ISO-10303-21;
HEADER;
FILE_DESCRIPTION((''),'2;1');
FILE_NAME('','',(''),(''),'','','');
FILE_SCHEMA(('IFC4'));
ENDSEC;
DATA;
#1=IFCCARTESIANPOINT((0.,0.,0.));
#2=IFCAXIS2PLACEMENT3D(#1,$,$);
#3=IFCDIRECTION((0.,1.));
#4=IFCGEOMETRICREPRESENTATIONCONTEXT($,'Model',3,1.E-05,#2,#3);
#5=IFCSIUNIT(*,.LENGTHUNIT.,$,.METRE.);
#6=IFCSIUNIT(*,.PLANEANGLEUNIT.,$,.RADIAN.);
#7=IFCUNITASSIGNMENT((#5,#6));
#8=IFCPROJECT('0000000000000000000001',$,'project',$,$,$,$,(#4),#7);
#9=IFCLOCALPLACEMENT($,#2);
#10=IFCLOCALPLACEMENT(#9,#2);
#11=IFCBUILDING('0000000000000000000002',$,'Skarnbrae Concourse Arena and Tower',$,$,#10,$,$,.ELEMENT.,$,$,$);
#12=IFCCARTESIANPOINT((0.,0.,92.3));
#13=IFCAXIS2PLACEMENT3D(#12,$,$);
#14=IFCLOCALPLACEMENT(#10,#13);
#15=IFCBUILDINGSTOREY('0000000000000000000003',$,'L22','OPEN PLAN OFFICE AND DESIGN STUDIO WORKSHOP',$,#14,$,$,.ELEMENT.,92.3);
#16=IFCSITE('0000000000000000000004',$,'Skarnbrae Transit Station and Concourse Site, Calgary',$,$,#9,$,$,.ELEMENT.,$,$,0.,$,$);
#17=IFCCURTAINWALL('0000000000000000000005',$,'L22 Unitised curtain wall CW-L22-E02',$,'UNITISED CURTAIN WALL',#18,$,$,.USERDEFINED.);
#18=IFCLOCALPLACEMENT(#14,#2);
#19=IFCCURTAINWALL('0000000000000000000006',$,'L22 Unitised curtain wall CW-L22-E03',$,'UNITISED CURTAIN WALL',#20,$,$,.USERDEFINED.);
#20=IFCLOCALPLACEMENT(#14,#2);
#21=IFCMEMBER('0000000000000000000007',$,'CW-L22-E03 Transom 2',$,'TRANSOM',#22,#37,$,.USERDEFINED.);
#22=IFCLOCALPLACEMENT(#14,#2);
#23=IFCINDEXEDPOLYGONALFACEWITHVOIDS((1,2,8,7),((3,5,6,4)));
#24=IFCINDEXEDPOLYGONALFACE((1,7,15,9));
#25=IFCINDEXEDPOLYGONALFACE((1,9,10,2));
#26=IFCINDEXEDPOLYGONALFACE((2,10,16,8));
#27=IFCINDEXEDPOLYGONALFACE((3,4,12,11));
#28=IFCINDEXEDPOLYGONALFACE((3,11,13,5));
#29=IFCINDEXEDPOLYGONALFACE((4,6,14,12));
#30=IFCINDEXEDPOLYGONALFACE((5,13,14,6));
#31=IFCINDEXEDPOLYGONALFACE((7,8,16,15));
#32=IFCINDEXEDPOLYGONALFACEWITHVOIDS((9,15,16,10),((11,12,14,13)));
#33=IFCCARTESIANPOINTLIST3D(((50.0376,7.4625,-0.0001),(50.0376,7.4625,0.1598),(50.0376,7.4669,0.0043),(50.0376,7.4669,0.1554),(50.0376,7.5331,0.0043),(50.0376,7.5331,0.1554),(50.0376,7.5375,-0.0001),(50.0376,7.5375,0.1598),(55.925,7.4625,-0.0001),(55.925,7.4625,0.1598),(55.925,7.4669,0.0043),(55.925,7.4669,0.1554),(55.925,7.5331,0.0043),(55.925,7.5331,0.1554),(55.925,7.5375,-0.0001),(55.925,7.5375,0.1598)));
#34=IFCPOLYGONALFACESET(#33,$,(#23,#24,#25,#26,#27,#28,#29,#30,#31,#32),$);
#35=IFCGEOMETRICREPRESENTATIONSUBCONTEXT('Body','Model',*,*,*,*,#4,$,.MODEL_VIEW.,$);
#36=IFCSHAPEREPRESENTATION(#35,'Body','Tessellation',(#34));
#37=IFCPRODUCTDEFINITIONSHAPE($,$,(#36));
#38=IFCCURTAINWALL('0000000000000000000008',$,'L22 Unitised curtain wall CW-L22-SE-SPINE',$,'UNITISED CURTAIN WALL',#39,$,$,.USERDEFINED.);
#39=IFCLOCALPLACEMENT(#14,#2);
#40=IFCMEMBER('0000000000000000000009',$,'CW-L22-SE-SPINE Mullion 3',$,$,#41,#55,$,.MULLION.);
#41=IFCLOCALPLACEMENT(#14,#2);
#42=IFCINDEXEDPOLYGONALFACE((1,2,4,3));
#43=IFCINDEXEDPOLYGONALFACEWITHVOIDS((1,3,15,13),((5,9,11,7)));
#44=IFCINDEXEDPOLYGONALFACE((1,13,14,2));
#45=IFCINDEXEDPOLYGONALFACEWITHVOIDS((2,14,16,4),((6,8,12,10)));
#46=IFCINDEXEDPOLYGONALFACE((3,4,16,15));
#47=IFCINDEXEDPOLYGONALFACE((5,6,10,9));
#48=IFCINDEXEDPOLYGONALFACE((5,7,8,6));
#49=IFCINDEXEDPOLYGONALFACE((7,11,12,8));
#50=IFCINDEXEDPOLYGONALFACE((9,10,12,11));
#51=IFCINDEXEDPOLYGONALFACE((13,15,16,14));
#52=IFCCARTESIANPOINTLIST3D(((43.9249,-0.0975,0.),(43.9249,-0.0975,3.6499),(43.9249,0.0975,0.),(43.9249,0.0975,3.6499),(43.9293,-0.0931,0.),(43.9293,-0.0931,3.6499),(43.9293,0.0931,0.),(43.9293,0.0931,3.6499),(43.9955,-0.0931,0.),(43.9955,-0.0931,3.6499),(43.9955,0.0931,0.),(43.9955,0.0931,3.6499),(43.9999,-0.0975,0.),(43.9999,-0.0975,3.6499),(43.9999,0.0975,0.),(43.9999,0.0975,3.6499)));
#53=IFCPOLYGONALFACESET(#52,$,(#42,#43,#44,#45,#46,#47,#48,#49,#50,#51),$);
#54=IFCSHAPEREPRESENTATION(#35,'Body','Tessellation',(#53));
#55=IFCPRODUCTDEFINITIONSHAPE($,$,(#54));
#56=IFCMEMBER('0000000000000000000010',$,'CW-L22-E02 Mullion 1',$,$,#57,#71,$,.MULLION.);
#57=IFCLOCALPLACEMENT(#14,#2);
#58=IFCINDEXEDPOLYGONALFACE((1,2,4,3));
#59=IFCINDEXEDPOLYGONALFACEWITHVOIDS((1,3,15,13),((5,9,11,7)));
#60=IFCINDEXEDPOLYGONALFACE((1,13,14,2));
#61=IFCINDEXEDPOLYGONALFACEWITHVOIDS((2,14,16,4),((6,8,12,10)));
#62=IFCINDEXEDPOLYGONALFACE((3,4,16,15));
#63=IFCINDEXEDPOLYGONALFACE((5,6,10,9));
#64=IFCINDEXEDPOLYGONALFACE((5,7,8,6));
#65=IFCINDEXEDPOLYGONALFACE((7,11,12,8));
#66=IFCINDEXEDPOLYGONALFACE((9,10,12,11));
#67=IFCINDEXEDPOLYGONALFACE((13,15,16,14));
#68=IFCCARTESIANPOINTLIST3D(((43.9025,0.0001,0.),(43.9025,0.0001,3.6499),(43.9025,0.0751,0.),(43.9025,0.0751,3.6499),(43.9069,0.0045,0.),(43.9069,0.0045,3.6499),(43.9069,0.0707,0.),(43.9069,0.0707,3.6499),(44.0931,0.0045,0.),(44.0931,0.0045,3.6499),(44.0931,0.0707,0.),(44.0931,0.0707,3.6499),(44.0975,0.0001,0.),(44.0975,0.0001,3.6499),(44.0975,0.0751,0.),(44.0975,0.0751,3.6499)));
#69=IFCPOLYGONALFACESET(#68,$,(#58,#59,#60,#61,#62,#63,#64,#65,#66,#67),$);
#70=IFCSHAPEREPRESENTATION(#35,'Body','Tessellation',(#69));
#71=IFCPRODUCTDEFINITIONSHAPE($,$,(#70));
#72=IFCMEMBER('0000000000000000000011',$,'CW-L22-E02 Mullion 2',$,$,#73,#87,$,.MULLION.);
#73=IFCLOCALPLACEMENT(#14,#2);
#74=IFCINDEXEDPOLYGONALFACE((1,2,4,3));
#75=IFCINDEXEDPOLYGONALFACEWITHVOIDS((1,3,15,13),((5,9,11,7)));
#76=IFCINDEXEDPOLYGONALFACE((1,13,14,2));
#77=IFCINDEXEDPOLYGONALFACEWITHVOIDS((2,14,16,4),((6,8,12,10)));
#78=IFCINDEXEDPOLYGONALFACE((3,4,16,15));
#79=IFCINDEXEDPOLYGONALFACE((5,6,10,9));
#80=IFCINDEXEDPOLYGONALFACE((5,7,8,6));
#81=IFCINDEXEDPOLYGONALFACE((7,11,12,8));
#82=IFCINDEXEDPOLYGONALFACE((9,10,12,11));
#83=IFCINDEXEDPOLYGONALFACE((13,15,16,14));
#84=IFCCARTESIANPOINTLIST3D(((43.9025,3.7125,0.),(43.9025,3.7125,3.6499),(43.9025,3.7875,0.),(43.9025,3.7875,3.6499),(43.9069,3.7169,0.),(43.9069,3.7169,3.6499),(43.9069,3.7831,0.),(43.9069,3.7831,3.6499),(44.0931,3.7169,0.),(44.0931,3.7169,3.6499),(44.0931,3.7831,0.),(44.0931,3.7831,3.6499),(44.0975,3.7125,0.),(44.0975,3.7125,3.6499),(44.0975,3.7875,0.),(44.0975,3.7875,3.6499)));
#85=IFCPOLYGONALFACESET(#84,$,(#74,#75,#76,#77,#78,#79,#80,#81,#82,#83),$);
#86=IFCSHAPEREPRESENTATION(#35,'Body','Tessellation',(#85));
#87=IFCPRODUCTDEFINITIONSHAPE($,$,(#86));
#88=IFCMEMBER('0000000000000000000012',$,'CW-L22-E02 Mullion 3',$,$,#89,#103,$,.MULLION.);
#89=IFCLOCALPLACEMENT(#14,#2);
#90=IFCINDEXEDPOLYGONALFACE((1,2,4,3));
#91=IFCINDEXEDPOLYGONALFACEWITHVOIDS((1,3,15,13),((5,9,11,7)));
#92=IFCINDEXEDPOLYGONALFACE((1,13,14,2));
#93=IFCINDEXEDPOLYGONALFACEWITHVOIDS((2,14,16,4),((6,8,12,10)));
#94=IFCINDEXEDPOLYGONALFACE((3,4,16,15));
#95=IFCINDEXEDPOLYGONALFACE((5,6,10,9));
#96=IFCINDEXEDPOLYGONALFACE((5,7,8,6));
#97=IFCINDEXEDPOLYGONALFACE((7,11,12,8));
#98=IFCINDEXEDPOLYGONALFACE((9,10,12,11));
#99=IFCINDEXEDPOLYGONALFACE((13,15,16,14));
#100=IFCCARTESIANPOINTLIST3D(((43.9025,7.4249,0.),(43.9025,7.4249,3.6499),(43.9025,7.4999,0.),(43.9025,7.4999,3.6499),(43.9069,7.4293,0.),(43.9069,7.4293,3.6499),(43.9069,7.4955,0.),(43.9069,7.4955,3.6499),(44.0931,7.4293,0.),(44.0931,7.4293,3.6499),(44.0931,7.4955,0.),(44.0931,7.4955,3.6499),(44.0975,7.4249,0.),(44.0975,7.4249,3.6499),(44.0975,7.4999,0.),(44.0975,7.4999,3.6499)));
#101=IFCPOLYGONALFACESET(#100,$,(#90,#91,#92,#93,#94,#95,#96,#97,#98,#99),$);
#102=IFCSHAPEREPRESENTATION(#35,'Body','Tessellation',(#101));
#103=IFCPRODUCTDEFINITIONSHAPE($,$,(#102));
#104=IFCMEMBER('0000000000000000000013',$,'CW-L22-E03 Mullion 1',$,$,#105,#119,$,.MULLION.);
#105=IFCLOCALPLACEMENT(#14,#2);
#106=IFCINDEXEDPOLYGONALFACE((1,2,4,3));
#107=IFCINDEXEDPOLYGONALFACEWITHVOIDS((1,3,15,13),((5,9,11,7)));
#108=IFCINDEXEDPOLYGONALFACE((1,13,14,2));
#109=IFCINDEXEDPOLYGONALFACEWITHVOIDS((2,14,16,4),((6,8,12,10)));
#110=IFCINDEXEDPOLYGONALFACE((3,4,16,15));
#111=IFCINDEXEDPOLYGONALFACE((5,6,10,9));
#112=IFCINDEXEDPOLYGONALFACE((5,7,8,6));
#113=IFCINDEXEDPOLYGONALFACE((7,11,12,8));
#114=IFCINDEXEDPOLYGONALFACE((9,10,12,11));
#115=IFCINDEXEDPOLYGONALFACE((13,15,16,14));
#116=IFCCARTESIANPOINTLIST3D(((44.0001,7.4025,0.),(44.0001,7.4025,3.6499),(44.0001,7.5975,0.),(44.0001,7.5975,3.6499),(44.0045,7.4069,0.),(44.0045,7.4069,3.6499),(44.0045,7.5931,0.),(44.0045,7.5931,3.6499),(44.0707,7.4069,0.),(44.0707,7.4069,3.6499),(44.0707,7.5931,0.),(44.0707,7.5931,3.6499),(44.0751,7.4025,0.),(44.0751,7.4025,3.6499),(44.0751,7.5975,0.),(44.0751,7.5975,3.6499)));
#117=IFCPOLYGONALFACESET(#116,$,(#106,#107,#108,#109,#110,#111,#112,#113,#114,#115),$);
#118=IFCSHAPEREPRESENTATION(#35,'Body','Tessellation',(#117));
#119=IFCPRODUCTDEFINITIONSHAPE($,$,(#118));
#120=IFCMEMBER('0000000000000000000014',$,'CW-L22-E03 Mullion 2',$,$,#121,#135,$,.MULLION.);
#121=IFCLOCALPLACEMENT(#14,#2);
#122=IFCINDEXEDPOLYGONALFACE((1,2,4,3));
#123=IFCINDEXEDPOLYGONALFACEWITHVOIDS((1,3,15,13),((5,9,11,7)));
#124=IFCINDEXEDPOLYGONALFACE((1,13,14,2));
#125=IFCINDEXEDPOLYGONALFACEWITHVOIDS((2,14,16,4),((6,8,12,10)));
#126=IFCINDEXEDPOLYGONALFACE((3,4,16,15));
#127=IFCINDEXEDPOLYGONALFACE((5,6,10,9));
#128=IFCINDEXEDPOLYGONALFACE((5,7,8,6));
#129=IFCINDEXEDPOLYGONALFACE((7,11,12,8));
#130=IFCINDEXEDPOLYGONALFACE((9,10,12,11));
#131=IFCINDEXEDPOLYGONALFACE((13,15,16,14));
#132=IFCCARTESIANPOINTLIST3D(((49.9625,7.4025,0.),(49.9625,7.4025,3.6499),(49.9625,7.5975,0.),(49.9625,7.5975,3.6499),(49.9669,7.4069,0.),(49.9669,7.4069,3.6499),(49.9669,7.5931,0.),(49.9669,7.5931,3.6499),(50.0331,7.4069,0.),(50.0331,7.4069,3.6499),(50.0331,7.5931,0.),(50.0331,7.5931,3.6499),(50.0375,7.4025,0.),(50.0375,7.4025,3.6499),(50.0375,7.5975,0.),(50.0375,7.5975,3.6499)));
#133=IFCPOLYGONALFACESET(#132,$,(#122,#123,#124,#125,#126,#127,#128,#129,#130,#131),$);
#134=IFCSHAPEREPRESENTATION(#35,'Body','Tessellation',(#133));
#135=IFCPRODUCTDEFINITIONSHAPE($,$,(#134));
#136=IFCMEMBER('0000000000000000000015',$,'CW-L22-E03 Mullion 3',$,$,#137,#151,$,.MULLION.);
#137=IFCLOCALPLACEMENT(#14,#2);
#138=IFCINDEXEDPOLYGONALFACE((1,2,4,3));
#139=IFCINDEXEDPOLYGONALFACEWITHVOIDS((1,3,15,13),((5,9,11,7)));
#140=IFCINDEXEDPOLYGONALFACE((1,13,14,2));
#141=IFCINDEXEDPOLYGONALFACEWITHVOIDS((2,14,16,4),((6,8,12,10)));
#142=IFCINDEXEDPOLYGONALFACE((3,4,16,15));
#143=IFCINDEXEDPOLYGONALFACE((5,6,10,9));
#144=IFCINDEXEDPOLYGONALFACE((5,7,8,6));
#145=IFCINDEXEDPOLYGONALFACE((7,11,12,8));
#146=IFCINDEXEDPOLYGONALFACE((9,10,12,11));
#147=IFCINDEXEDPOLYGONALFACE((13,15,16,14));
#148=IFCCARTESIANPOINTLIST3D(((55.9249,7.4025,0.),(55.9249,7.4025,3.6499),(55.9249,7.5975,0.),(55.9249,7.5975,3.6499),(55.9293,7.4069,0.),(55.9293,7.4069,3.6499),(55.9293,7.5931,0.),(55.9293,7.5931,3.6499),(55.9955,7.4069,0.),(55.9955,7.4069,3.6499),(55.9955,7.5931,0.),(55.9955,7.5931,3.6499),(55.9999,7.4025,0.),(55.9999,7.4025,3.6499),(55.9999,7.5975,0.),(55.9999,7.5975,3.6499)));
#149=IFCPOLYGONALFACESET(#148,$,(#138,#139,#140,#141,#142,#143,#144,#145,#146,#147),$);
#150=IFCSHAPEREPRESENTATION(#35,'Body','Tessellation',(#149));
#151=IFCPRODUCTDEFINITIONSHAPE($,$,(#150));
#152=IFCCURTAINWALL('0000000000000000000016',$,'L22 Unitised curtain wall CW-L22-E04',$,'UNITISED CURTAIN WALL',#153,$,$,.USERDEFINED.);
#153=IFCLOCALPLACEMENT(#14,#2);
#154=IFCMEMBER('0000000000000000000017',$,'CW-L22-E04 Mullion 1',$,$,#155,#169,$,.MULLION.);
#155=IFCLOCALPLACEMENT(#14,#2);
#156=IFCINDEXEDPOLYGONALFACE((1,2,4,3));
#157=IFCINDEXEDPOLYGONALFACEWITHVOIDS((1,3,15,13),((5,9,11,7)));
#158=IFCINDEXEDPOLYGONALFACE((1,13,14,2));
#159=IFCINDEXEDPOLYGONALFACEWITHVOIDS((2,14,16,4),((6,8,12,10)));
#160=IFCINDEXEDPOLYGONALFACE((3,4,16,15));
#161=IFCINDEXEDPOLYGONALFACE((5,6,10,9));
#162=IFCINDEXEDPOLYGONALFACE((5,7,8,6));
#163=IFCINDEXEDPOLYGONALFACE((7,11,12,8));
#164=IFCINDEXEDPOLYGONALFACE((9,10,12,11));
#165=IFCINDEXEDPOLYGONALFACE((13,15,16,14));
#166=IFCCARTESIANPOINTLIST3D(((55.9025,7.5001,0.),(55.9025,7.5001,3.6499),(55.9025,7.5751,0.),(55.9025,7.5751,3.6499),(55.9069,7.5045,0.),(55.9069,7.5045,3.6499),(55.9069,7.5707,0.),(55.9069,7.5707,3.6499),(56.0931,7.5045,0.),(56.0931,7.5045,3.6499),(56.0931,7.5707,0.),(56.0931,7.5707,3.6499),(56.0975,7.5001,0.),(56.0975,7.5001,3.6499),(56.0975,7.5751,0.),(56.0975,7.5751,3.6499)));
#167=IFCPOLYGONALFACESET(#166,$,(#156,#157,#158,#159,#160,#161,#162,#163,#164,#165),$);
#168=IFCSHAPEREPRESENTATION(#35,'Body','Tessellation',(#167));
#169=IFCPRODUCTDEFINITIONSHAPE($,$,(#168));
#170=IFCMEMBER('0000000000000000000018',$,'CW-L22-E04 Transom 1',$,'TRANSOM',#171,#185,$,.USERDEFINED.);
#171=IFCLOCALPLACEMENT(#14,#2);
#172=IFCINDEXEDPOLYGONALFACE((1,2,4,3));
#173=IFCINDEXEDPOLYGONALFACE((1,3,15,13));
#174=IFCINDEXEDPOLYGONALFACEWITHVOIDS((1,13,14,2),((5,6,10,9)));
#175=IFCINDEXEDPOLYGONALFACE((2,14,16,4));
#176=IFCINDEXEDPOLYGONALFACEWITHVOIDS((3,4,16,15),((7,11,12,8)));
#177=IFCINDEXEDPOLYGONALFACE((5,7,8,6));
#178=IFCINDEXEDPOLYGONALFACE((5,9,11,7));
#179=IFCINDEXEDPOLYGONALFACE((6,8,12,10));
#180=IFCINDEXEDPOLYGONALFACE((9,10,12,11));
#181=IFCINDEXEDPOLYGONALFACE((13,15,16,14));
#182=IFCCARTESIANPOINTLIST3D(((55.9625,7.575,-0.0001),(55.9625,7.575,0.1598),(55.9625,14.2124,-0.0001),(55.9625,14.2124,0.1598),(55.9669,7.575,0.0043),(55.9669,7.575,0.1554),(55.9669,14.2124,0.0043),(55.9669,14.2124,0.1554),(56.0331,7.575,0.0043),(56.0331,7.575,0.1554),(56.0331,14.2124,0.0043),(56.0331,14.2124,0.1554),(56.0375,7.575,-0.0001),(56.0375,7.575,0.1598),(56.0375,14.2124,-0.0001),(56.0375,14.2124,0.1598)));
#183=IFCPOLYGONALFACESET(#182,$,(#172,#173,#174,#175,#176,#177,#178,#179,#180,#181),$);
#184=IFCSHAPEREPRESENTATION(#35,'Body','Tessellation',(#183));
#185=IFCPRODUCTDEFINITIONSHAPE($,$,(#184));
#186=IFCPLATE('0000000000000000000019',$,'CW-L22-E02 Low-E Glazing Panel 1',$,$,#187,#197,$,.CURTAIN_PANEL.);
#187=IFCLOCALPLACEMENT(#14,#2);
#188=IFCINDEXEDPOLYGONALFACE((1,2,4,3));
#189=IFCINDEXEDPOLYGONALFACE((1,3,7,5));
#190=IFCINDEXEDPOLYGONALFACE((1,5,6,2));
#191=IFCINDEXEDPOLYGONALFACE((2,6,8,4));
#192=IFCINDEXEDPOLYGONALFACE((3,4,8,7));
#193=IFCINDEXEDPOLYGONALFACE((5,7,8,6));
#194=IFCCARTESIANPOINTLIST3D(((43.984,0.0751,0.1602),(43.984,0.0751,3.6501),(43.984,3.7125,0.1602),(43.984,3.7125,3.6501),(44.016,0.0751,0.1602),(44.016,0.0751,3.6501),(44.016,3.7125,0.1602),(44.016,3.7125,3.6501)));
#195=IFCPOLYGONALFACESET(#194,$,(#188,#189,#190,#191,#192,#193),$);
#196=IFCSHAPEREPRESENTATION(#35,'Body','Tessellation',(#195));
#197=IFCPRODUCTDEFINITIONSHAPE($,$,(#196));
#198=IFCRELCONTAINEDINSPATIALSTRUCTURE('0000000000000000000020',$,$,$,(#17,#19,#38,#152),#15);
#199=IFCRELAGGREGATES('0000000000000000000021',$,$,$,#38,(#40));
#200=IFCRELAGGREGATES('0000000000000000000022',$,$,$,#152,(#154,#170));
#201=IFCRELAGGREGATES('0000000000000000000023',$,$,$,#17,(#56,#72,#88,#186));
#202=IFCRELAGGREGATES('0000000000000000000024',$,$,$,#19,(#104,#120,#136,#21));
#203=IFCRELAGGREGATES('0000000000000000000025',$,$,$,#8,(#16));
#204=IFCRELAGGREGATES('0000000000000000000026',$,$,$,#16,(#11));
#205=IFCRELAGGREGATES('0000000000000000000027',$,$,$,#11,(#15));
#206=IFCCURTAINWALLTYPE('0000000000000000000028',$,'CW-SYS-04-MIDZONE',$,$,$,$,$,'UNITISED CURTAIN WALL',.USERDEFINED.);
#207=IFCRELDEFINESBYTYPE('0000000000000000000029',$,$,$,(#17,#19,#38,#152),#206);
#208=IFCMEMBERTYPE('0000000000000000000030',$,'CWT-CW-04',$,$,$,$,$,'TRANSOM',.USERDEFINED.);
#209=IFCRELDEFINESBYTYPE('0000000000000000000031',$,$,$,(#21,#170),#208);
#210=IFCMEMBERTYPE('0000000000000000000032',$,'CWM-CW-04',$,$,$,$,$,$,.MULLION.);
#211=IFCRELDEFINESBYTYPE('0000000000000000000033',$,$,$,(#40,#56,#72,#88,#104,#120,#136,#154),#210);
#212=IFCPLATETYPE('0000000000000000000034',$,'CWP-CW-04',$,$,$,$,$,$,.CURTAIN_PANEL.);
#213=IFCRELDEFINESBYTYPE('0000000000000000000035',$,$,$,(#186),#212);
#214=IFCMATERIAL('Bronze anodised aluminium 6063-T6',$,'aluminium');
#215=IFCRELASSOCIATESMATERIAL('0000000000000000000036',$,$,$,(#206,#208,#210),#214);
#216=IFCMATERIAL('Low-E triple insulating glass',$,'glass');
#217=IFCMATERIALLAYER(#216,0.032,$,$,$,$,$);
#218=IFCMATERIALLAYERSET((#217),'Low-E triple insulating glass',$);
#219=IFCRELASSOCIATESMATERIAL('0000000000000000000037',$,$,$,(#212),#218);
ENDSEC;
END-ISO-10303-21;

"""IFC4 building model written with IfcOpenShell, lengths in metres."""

from ifc_helpers import new_model, si_unit, direction, frame, origin, origin_2d, place, context, subcontext, project, spatial, rectangle, hollow_rectangle, extrude, source, transform, mapped, material, layer, layer_set, material_profile, profile_set, type_object, element, aggregate, save


model = new_model("IFC4")

# Units and contexts
model_context = context("Model", 3, precision=1e-05, world=origin(), true_north=direction((0.0, 1.0)))
body_context = subcontext(model_context, "Body", "Model", "MODEL_VIEW")
ifc_project = project(units=[si_unit("LENGTHUNIT", "METRE"), si_unit("PLANEANGLEUNIT", "RADIAN")], contexts=[model_context])

# Site, building, storey
site_placement = place(None, origin())
site = spatial("IfcSite", under=ifc_project, at=site_placement, Name="Skarnbrae Transit Station and Concourse Site, Calgary", CompositionType="ELEMENT", RefElevation=0.0)
building_placement = place(site_placement, origin())
building = spatial("IfcBuilding", under=site, at=building_placement, Name="Skarnbrae Concourse Arena and Tower", CompositionType="ELEMENT")
storey_placement = place(building_placement, frame((0.0, 0.0, 92.3)))
storey = spatial("IfcBuildingStorey", under=building, at=storey_placement, Name="L22", Description="OPEN PLAN OFFICE AND DESIGN STUDIO WORKSHOP", CompositionType="ELEMENT", Elevation=92.3)

# Curtain walls, member
ifc_material_1 = material(Name="Bronze anodised aluminium 6063-T6", Category="aluminium")
curtain_wall_type = type_object("IfcCurtainWallType", Name="CW-SYS-04-MIDZONE", ElementType="UNITISED CURTAIN WALL", PredefinedType="USERDEFINED", material=ifc_material_1)
curtain_wall_1_placement = place(storey_placement, origin())
curtain_wall_1 = element("IfcCurtainWall", 1, at=curtain_wall_1_placement, inside=storey, type_object=curtain_wall_type, Name="L22 Unitised curtain wall CW-L22-E02", ObjectType="UNITISED CURTAIN WALL", PredefinedType="USERDEFINED")
ifc_material_profile_1 = material_profile(ifc_material_1, hollow_rectangle(XDim=0.075, YDim=0.1599, WallThickness=0.0044, at=origin_2d()), Name="ALU-TRAN-75X160")
ifc_profile_set_1 = profile_set([ifc_material_profile_1], Name="Bronze anodised aluminium 6063-T6")
member_type_1 = type_object("IfcMemberType", Name="CWT-CW-04", ElementType="TRANSOM", PredefinedType="USERDEFINED", material=ifc_profile_set_1)
curtain_wall_2_placement = place(storey_placement, origin())
curtain_wall_2 = element("IfcCurtainWall", 2, at=curtain_wall_2_placement, inside=storey, type_object=curtain_wall_type, Name="L22 Unitised curtain wall CW-L22-E03", ObjectType="UNITISED CURTAIN WALL", PredefinedType="USERDEFINED")
shared_shape_1 = source(origin(), body_context, "Body", "SweptSolid", [
    extrude(hollow_rectangle(XDim=0.075, YDim=0.1599, WallThickness=0.0044, at=origin_2d()), origin(), (0.0, 0.0, 1.0), 5.8875),
])
member_1_placement = place(storey_placement, frame((50.0376, 7.5, 0.0798), z_axis=(1.0, 0.0, 0.0), x_axis=(0.0, 1.0, 0.0)))
member_1 = element("IfcMember", 3, at=member_1_placement, type_object=member_type_1, Name="CW-L22-E03 Transom 2", ObjectType="TRANSOM", PredefinedType="USERDEFINED", context=body_context, shape_type="MappedRepresentation", body=[
    mapped(shared_shape_1, transform((0.0, 0.0, 0.0))),
])

# Curtain wall, member
curtain_wall_3_placement = place(storey_placement, origin())
curtain_wall_3 = element("IfcCurtainWall", 4, at=curtain_wall_3_placement, inside=storey, type_object=curtain_wall_type, Name="L22 Unitised curtain wall CW-L22-SE-SPINE", ObjectType="UNITISED CURTAIN WALL", PredefinedType="USERDEFINED")
ifc_material_profile_2 = material_profile(ifc_material_1, hollow_rectangle(XDim=0.075, YDim=0.1951, WallThickness=0.0044, at=origin_2d()), Name="ALU-MULL-75X195")
ifc_profile_set_2 = profile_set([ifc_material_profile_2], Name="Bronze anodised aluminium 6063-T6")
member_type_2 = type_object("IfcMemberType", Name="CWM-CW-04", PredefinedType="MULLION", material=ifc_profile_set_2)
shared_shape_2 = source(origin(), body_context, "Body", "SweptSolid", [
    extrude(hollow_rectangle(XDim=0.075, YDim=0.1951, WallThickness=0.0044, at=origin_2d()), origin(), (0.0, 0.0, 1.0), 3.6499),
])
member_2_placement = place(storey_placement, frame((43.9624, 0.0, 0.0), z_axis=(0.0, 0.0, 1.0), x_axis=(1.0, 0.0, 0.0)))
member_2 = element("IfcMember", 5, at=member_2_placement, type_object=member_type_2, Name="CW-L22-SE-SPINE Mullion 3", PredefinedType="MULLION", context=body_context, shape_type="MappedRepresentation", body=[
    mapped(shared_shape_2, transform((0.0, 0.0, 0.0))),
])
aggregate(curtain_wall_3, [member_2])

# Members
member_3_placement = place(storey_placement, frame((44.0, 0.0376, 0.0), z_axis=(0.0, 0.0, 1.0), x_axis=(0.0, 1.0, 0.0)))
member_3 = element("IfcMember", 6, at=member_3_placement, type_object=member_type_2, Name="CW-L22-E02 Mullion 1", PredefinedType="MULLION", context=body_context, shape_type="MappedRepresentation", body=[
    mapped(shared_shape_2, transform((0.0, 0.0, 0.0))),
])
member_4_placement = place(storey_placement, frame((44.0, 3.75, 0.0), z_axis=(0.0, 0.0, 1.0), x_axis=(0.0, 1.0, 0.0)))
member_4 = element("IfcMember", 7, at=member_4_placement, type_object=member_type_2, Name="CW-L22-E02 Mullion 2", PredefinedType="MULLION", context=body_context, shape_type="MappedRepresentation", body=[
    mapped(shared_shape_2, transform((0.0, 0.0, 0.0))),
])
member_5_placement = place(storey_placement, frame((44.0, 7.4624, 0.0), z_axis=(0.0, 0.0, 1.0), x_axis=(0.0, 1.0, 0.0)))
member_5 = element("IfcMember", 8, at=member_5_placement, type_object=member_type_2, Name="CW-L22-E02 Mullion 3", PredefinedType="MULLION", context=body_context, shape_type="MappedRepresentation", body=[
    mapped(shared_shape_2, transform((0.0, 0.0, 0.0))),
])
member_6_placement = place(storey_placement, frame((44.0376, 7.5, 0.0), z_axis=(0.0, 0.0, 1.0), x_axis=(1.0, 0.0, 0.0)))
member_6 = element("IfcMember", 9, at=member_6_placement, type_object=member_type_2, Name="CW-L22-E03 Mullion 1", PredefinedType="MULLION", context=body_context, shape_type="MappedRepresentation", body=[
    mapped(shared_shape_2, transform((0.0, 0.0, 0.0))),
])
member_7_placement = place(storey_placement, frame((50.0, 7.5, 0.0), z_axis=(0.0, 0.0, 1.0), x_axis=(1.0, 0.0, 0.0)))
member_7 = element("IfcMember", 10, at=member_7_placement, type_object=member_type_2, Name="CW-L22-E03 Mullion 2", PredefinedType="MULLION", context=body_context, shape_type="MappedRepresentation", body=[
    mapped(shared_shape_2, transform((0.0, 0.0, 0.0))),
])
member_8_placement = place(storey_placement, frame((55.9624, 7.5, 0.0), z_axis=(0.0, 0.0, 1.0), x_axis=(1.0, 0.0, 0.0)))
member_8 = element("IfcMember", 11, at=member_8_placement, type_object=member_type_2, Name="CW-L22-E03 Mullion 3", PredefinedType="MULLION", context=body_context, shape_type="MappedRepresentation", body=[
    mapped(shared_shape_2, transform((0.0, 0.0, 0.0))),
])

# Curtain wall, members
curtain_wall_4_placement = place(storey_placement, origin())
curtain_wall_4 = element("IfcCurtainWall", 12, at=curtain_wall_4_placement, inside=storey, type_object=curtain_wall_type, Name="L22 Unitised curtain wall CW-L22-E04", ObjectType="UNITISED CURTAIN WALL", PredefinedType="USERDEFINED")
member_9_placement = place(storey_placement, frame((56.0, 7.5376, 0.0), z_axis=(0.0, 0.0, 1.0), x_axis=(0.0, 1.0, 0.0)))
member_9 = element("IfcMember", 13, at=member_9_placement, type_object=member_type_2, Name="CW-L22-E04 Mullion 1", PredefinedType="MULLION", context=body_context, shape_type="MappedRepresentation", body=[
    mapped(shared_shape_2, transform((0.0, 0.0, 0.0))),
])
shared_shape_3 = source(origin(), body_context, "Body", "SweptSolid", [
    extrude(hollow_rectangle(XDim=0.075, YDim=0.1599, WallThickness=0.0044, at=origin_2d()), origin(), (0.0, 0.0, 1.0), 6.6375),
])
member_10_placement = place(storey_placement, frame((56.0, 7.575, 0.0798), z_axis=(0.0, 1.0, 0.0), x_axis=(-1.0, 0.0, 0.0)))
member_10 = element("IfcMember", 14, at=member_10_placement, type_object=member_type_1, Name="CW-L22-E04 Transom 1", ObjectType="TRANSOM", PredefinedType="USERDEFINED", context=body_context, shape_type="MappedRepresentation", body=[
    mapped(shared_shape_3, transform((0.0, 0.0, 0.0))),
])
aggregate(curtain_wall_4, [member_9, member_10])

# Plate
ifc_material_2 = material(Name="Low-E triple insulating glass", Category="glass")
ifc_layer = layer(ifc_material_2, 0.032)
ifc_layer_set = layer_set([ifc_layer], Name="Low-E triple insulating glass")
plate_type = type_object("IfcPlateType", Name="CWP-CW-04", PredefinedType="CURTAIN_PANEL", material=ifc_layer_set)
shared_shape_4 = source(origin(), body_context, "Body", "SweptSolid", [
    extrude(rectangle(XDim=3.6375, YDim=0.032, at=origin_2d()), origin(), (0.0, 0.0, 1.0), 3.49),
])
plate_1_placement = place(storey_placement, frame((44.0, 1.8938, 0.1602), z_axis=(0.0, 0.0, 1.0), x_axis=(0.0, 1.0, 0.0)))
plate_1 = element("IfcPlate", 15, at=plate_1_placement, type_object=plate_type, Name="CW-L22-E02 Low-E Glazing Panel 1", PredefinedType="CURTAIN_PANEL", context=body_context, shape_type="MappedRepresentation", body=[
    mapped(shared_shape_4, transform((0.0, 0.0, 0.0))),
])
aggregate(curtain_wall_1, [member_3, member_4, member_5, plate_1])
aggregate(curtain_wall_2, [member_6, member_7, member_8, member_1])

save(model, "model.ifc")
